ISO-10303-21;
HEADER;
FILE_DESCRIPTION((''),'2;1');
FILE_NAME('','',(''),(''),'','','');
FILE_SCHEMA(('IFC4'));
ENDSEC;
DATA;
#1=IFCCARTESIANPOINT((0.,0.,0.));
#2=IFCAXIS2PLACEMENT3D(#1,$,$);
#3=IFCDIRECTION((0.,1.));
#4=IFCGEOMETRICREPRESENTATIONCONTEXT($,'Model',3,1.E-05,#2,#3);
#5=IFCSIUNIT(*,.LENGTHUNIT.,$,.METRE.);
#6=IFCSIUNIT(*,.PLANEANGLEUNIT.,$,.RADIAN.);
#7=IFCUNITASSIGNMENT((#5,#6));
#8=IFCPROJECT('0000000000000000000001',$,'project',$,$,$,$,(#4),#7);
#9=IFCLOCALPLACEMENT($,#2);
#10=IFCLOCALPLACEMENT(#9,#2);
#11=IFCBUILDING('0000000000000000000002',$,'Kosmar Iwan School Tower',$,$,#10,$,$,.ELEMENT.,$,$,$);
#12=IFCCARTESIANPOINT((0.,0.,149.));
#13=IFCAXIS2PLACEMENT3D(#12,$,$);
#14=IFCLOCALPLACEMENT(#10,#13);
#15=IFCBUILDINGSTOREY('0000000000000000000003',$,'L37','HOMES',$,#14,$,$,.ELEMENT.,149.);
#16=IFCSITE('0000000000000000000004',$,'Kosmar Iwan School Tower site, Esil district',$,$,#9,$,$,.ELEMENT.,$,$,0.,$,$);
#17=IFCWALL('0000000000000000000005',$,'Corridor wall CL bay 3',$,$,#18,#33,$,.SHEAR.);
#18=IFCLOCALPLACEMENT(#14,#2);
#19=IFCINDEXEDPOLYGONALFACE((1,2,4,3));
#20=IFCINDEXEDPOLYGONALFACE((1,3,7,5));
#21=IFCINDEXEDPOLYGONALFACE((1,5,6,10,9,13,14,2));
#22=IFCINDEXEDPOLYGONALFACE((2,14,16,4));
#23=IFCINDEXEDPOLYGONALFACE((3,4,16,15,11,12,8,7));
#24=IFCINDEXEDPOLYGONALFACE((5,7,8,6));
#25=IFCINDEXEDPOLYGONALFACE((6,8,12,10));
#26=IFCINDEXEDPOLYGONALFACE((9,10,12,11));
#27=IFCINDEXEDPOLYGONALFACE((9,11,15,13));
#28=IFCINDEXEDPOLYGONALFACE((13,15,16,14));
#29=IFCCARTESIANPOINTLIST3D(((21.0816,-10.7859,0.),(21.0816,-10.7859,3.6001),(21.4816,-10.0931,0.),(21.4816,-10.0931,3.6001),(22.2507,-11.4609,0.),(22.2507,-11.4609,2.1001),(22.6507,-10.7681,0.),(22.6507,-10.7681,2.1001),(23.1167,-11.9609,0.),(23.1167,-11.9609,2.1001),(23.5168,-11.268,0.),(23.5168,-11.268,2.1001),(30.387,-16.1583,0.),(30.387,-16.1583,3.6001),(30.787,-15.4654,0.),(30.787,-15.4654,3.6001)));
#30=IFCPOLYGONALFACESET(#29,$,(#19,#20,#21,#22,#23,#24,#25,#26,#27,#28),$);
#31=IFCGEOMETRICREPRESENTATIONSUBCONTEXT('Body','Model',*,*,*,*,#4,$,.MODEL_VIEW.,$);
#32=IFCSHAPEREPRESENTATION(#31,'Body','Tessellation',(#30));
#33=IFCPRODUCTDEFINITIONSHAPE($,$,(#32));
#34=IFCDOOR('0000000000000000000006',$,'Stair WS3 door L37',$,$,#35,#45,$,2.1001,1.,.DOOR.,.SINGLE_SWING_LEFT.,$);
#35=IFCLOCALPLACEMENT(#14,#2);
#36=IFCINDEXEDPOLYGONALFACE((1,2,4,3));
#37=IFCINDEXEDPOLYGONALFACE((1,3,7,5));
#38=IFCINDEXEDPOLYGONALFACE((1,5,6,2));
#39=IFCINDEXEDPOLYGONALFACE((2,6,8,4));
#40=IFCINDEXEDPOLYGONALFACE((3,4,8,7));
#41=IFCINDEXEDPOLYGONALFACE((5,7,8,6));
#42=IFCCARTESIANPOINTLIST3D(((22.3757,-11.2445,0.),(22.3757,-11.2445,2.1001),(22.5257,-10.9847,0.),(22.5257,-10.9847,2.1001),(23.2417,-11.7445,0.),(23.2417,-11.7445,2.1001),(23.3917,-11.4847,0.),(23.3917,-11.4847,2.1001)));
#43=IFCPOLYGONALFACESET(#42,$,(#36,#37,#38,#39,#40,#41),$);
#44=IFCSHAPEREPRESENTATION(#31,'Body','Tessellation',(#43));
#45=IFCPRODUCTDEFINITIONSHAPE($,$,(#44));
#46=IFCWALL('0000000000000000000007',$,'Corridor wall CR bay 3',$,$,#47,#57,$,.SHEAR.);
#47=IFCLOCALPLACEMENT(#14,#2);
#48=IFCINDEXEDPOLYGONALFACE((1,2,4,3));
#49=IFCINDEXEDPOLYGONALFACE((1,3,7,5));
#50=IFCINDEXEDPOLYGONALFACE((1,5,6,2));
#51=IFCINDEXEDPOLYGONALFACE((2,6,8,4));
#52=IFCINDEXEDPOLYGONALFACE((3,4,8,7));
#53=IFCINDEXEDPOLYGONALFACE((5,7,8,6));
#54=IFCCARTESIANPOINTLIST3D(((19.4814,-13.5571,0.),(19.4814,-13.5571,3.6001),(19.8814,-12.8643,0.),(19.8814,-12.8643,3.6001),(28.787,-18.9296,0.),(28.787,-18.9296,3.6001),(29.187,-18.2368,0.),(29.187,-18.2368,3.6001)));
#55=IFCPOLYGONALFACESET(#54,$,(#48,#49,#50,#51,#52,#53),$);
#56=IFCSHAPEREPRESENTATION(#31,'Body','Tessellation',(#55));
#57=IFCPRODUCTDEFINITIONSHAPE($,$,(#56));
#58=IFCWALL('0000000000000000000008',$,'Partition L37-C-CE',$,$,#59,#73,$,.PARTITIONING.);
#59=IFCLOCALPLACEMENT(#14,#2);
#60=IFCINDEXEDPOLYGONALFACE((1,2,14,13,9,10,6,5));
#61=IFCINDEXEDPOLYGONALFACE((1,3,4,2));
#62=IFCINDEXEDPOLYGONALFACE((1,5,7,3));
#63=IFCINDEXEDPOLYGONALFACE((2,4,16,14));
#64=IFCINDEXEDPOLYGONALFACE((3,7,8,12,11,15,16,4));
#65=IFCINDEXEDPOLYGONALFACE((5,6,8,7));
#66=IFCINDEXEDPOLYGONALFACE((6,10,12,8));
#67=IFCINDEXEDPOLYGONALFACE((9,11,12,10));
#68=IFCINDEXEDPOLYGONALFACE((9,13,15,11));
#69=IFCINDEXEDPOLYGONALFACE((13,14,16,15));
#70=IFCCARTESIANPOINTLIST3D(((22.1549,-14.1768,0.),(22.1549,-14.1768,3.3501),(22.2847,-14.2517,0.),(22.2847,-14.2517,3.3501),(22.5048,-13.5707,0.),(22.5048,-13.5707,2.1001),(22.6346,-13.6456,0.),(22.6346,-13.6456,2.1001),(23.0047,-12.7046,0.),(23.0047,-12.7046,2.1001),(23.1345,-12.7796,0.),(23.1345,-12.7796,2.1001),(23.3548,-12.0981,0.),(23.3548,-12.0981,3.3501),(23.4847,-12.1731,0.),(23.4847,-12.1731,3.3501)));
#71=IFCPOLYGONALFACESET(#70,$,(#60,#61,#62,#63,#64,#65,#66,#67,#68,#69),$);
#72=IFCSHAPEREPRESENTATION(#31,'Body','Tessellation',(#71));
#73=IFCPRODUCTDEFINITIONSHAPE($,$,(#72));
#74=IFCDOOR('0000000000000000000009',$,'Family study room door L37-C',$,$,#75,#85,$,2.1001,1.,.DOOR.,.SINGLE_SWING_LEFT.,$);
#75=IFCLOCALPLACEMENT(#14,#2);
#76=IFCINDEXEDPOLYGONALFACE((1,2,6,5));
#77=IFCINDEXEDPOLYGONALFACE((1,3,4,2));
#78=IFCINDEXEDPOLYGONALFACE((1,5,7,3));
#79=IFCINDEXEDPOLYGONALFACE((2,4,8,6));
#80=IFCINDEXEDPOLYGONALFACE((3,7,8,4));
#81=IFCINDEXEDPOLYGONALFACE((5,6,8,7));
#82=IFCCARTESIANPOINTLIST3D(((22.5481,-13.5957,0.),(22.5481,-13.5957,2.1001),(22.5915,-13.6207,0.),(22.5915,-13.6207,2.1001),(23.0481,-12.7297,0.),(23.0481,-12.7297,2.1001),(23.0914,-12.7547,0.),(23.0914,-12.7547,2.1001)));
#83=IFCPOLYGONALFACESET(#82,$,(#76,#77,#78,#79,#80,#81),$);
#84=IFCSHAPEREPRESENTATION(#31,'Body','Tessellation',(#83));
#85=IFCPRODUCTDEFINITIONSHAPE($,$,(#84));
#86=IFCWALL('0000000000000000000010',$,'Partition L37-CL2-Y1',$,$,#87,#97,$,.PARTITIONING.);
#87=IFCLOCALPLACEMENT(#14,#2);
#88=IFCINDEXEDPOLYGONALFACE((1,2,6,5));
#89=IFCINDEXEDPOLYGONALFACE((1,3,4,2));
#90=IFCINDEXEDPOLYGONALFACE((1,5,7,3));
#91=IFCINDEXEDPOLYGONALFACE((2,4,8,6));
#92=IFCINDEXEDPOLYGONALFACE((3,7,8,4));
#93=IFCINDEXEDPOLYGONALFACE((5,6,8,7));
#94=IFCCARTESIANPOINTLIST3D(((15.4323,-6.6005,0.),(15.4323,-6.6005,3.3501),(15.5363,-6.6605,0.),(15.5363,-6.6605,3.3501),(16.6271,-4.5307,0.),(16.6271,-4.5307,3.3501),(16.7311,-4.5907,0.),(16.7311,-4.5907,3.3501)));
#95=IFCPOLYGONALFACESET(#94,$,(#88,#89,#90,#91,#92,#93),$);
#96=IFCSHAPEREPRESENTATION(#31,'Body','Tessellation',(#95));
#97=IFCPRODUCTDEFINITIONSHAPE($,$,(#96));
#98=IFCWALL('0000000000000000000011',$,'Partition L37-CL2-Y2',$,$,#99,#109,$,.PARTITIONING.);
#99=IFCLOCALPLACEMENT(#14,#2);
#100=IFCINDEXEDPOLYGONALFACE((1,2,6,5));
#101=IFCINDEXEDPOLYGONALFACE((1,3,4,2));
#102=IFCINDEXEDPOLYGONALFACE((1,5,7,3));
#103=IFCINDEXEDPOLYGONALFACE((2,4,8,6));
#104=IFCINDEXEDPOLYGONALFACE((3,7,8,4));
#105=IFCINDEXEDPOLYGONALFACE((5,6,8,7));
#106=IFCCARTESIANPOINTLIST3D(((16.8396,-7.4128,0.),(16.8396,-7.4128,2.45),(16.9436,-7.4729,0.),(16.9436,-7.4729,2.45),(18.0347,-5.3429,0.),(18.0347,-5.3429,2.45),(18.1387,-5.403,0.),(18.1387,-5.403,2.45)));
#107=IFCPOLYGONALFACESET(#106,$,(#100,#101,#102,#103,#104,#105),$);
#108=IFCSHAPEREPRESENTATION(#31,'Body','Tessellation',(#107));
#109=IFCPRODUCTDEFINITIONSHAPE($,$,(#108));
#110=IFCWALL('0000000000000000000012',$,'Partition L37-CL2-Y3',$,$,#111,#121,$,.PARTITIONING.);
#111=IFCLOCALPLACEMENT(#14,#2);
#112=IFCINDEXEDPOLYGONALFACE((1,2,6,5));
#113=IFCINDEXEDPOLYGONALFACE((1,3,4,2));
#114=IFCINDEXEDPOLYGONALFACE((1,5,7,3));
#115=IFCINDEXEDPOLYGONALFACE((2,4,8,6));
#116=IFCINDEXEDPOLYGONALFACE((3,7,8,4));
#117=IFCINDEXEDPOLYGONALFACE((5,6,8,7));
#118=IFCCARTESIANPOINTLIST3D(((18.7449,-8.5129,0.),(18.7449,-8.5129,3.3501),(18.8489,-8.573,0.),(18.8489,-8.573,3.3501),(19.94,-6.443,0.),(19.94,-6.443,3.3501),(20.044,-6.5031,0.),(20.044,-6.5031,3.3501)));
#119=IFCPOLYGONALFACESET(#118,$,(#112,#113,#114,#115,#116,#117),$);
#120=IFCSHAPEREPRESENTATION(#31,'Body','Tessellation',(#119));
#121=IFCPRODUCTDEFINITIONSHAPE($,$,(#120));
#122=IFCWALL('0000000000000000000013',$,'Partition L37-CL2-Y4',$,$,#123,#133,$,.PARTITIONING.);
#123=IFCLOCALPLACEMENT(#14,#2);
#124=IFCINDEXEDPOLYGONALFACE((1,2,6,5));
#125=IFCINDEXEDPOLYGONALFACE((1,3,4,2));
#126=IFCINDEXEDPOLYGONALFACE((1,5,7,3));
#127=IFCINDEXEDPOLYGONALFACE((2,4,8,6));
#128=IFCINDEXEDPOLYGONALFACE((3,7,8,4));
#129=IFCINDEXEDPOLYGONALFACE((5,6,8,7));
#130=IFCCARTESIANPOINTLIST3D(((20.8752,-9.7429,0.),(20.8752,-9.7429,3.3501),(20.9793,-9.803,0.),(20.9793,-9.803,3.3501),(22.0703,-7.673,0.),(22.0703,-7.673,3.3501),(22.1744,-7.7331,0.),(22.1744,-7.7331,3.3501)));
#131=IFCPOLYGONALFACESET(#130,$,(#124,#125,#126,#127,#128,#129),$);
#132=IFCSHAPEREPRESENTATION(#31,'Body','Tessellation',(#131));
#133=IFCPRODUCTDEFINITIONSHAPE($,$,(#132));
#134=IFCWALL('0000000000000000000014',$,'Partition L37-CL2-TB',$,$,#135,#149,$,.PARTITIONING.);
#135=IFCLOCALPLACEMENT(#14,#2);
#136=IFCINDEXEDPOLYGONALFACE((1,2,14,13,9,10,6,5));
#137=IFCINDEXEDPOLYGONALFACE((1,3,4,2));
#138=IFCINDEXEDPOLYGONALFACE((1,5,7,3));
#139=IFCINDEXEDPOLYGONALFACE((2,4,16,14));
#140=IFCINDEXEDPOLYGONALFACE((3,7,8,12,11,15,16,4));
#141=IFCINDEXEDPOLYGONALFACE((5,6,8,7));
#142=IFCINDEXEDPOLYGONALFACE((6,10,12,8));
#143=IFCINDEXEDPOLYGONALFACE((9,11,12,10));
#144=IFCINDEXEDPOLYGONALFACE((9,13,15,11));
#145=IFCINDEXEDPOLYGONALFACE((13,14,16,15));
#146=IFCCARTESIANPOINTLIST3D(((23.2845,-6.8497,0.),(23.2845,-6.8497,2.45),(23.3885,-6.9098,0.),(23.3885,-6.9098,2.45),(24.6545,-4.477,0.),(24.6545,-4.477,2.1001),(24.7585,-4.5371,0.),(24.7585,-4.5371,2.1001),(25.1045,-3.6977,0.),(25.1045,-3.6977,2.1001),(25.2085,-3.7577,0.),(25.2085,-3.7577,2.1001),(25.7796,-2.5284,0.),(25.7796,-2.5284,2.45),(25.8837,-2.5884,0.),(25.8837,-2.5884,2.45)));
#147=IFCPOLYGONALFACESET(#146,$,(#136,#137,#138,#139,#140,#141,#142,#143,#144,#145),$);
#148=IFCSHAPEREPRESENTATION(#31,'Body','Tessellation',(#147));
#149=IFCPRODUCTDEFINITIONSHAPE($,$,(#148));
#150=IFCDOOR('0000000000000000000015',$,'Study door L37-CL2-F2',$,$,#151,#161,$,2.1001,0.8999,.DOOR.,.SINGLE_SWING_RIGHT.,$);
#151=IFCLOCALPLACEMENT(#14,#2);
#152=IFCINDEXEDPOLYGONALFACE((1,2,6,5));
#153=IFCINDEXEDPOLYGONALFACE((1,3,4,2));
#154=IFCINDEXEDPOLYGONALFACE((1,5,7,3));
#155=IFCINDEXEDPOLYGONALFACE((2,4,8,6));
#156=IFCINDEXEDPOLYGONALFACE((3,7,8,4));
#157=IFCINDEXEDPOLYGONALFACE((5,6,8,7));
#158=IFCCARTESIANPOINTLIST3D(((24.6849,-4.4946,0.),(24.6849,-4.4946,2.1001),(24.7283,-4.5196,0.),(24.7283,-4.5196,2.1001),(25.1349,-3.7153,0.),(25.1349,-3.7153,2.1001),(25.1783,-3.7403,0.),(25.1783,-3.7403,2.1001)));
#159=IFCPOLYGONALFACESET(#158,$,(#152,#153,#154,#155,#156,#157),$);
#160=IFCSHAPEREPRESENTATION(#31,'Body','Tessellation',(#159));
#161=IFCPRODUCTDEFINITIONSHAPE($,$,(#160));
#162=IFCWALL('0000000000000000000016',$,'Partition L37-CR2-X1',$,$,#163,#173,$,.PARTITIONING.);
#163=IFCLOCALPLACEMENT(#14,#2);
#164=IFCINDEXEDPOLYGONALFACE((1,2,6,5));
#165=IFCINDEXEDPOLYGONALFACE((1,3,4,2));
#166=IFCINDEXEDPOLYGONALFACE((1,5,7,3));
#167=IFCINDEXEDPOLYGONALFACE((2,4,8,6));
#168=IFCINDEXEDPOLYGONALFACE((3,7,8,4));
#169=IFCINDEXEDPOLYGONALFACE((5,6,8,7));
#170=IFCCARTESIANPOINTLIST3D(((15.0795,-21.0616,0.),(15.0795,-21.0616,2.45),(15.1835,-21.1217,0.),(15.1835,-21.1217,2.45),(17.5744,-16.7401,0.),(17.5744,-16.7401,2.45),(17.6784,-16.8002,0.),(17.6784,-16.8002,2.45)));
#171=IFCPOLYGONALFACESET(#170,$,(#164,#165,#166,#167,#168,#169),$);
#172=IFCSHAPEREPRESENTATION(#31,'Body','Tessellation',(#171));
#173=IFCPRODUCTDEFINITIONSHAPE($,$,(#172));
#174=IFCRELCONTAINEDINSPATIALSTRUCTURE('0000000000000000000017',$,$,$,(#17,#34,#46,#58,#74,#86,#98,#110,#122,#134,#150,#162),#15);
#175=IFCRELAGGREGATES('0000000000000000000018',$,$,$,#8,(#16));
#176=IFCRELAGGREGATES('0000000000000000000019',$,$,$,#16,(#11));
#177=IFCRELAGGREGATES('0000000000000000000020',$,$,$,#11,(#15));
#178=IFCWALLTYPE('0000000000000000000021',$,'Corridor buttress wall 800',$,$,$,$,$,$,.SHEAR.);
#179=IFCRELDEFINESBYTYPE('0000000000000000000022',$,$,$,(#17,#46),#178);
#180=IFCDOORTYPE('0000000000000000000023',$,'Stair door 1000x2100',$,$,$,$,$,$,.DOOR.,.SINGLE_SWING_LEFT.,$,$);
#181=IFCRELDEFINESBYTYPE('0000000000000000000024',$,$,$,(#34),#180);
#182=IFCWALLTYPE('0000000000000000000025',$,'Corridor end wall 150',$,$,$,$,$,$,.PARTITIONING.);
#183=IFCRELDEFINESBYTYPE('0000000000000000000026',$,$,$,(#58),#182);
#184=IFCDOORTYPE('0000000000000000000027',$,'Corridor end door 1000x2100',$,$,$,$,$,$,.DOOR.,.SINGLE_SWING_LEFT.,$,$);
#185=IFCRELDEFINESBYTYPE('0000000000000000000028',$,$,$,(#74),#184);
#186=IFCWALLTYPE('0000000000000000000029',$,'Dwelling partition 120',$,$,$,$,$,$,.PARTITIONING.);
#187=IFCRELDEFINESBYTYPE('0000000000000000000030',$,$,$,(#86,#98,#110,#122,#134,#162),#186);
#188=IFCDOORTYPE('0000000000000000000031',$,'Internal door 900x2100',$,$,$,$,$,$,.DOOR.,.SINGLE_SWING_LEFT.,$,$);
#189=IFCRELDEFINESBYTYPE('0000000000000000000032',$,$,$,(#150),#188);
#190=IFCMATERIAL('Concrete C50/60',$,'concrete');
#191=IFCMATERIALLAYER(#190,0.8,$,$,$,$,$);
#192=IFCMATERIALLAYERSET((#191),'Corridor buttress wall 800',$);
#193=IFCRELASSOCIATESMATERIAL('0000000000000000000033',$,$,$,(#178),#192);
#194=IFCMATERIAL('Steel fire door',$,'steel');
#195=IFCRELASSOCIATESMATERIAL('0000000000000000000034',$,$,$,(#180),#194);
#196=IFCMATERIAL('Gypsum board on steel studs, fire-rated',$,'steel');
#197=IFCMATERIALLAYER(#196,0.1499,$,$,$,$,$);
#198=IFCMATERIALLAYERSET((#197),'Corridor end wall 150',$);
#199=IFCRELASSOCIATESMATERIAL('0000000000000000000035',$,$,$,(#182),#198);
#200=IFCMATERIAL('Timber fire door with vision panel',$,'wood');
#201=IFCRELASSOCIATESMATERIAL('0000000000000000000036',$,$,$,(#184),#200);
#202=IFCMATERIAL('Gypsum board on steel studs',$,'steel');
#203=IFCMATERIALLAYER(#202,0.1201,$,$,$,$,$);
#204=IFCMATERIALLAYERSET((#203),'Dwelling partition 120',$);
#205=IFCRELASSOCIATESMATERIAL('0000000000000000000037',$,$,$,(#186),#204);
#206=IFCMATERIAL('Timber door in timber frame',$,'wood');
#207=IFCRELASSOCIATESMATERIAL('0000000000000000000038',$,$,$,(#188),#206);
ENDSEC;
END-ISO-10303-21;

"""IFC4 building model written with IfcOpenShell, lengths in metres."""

from ifc_helpers import new_model, si_unit, direction, frame, frame_2d, origin, place, context, subcontext, project, spatial, rectangle, extrude, material, layer, layer_set, type_object, element, fill, save


model = new_model("IFC4")

# Units and contexts
model_context = context("Model", 3, precision=1e-05, world=origin(), true_north=direction((0.0, 1.0)))
body_context = subcontext(model_context, "Body", "Model", "MODEL_VIEW")
ifc_project = project(units=[si_unit("LENGTHUNIT", "METRE"), si_unit("PLANEANGLEUNIT", "RADIAN")], contexts=[model_context])

# Site, building, storey
site_placement = place(None, origin())
site = spatial("IfcSite", under=ifc_project, at=site_placement, Name="Kosmar Iwan School Tower site, Esil district", CompositionType="ELEMENT", RefElevation=0.0)
building_placement = place(site_placement, origin())
building = spatial("IfcBuilding", under=site, at=building_placement, Name="Kosmar Iwan School Tower", CompositionType="ELEMENT")
storey_placement = place(building_placement, frame((0.0, 0.0, 149.0)))
storey = spatial("IfcBuildingStorey", under=building, at=storey_placement, Name="L37", Description="HOMES", CompositionType="ELEMENT", Elevation=149.0)

# Wall, opening, door
ifc_material_1 = material(Name="Concrete C50/60", Category="concrete")
ifc_layer_1 = layer(ifc_material_1, 0.8)
ifc_layer_set_1 = layer_set([ifc_layer_1], Name="Corridor buttress wall 800")
wall_type_1 = type_object("IfcWallType", Name="Corridor buttress wall 800", PredefinedType="SHEAR", material=ifc_layer_set_1)
wall_1_placement = place(storey_placement, frame((21.2815, -10.4395, 0.0), z_axis=(0.0, 0.0, 1.0), x_axis=(0.866032, -0.499988, 0.0)))
wall_1 = element("IfcWall", 1, at=wall_1_placement, inside=storey, type_object=wall_type_1, Name="Corridor wall CL bay 3", PredefinedType="SHEAR", context=body_context, shape_type="SweptSolid", body=[
    extrude(rectangle(XDim=10.7449, YDim=0.8, at=frame_2d((5.3726, 0.0))), origin(), (0.0, 0.0, 1.0), 3.6001),
])
opening_1_placement = place(wall_1_placement, frame((1.3501, 0.0, 0.0)))
opening_1 = element("IfcOpeningElement", 2, at=opening_1_placement, cuts=wall_1, PredefinedType="OPENING", context=body_context, shape_type="SweptSolid", body=[
    extrude(rectangle(XDim=1.0, YDim=2.1001, at=frame_2d((0.5, 1.05))), frame((0.0, 0.4121, 0.0), z_axis=(0.0, -1.0, 0.0), x_axis=(1.0, 0.0, 0.0)), (0.0, 0.0, 1.0), 0.824),
])
ifc_material_2 = material(Name="Steel fire door", Category="steel")
door_type_1 = type_object("IfcDoorType", Name="Stair door 1000x2100", OperationType="SINGLE_SWING_LEFT", PredefinedType="DOOR", material=ifc_material_2)
door_1_placement = place(opening_1_placement, origin())
door_1 = element("IfcDoor", 3, at=door_1_placement, inside=storey, type_object=door_type_1, Name="Stair WS3 door L37", OperationType="SINGLE_SWING_LEFT", OverallHeight=2.1001, OverallWidth=1.0, PredefinedType="DOOR", context=body_context, shape_type="SweptSolid", body=[
    extrude(rectangle(XDim=1.0, YDim=2.1001, at=frame_2d((0.5, 1.05))), frame((0.0, 0.1499, 0.0), z_axis=(0.0, -1.0, 0.0), x_axis=(1.0, 0.0, 0.0)), (0.0, 0.0, 1.0), 0.3),
])
fill(opening_1, door_1)

# Wall
wall_2_placement = place(storey_placement, frame((19.6814, -13.2107, 0.0), z_axis=(0.0, 0.0, 1.0), x_axis=(0.866028, -0.499995, 0.0)))
element("IfcWall", 4, at=wall_2_placement, inside=storey, type_object=wall_type_1, Name="Corridor wall CR bay 3", PredefinedType="SHEAR", context=body_context, shape_type="SweptSolid", body=[
    extrude(rectangle(XDim=10.7451, YDim=0.8, at=frame_2d((5.3726, 0.0))), origin(), (0.0, 0.0, 1.0), 3.6001),
])

# Wall, opening, door
ifc_material_3 = material(Name="Gypsum board on steel studs, fire-rated", Category="steel")
ifc_layer_2 = layer(ifc_material_3, 0.1499)
ifc_layer_set_2 = layer_set([ifc_layer_2], Name="Corridor end wall 150")
wall_type_2 = type_object("IfcWallType", Name="Corridor end wall 150", PredefinedType="PARTITIONING", material=ifc_layer_set_2)
wall_3_placement = place(storey_placement, frame((22.2197, -14.2144, 0.0), z_axis=(0.0, 0.0, 1.0), x_axis=(0.499957, 0.86605, 0.0)))
wall_3 = element("IfcWall", 5, at=wall_3_placement, inside=storey, type_object=wall_type_2, Name="Partition L37-C-CE", PredefinedType="PARTITIONING", context=body_context, shape_type="SweptSolid", body=[
    extrude(rectangle(XDim=2.4001, YDim=0.1499, at=frame_2d((1.2002, 0.0))), origin(), (0.0, 0.0, 1.0), 3.3501),
])
opening_2_placement = place(wall_3_placement, frame((0.7, 0.0, 0.0)))
opening_2 = element("IfcOpeningElement", 6, at=opening_2_placement, cuts=wall_3, PredefinedType="OPENING", context=body_context, shape_type="SweptSolid", body=[
    extrude(rectangle(XDim=1.0, YDim=2.1001, at=frame_2d((0.5, 1.05))), frame((0.0, 0.0869, 0.0), z_axis=(0.0, -1.0, 0.0), x_axis=(1.0, 0.0, 0.0)), (0.0, 0.0, 1.0), 0.1738),
])
ifc_material_4 = material(Name="Timber fire door with vision panel", Category="wood")
door_type_2 = type_object("IfcDoorType", Name="Corridor end door 1000x2100", OperationType="SINGLE_SWING_LEFT", PredefinedType="DOOR", material=ifc_material_4)
door_2_placement = place(opening_2_placement, origin())
door_2 = element("IfcDoor", 7, at=door_2_placement, inside=storey, type_object=door_type_2, Name="Family study room door L37-C", OperationType="SINGLE_SWING_LEFT", OverallHeight=2.1001, OverallWidth=1.0, PredefinedType="DOOR", context=body_context, shape_type="SweptSolid", body=[
    extrude(rectangle(XDim=1.0, YDim=2.1001, at=frame_2d((0.5, 1.05))), frame((0.0, 0.0249, 0.0), z_axis=(0.0, -1.0, 0.0), x_axis=(1.0, 0.0, 0.0)), (0.0, 0.0, 1.0), 0.05),
])
fill(opening_2, door_2)

# Walls
ifc_material_5 = material(Name="Gypsum board on steel studs", Category="steel")
ifc_layer_3 = layer(ifc_material_5, 0.1201)
ifc_layer_set_3 = layer_set([ifc_layer_3], Name="Dwelling partition 120")
wall_type_3 = type_object("IfcWallType", Name="Dwelling partition 120", PredefinedType="PARTITIONING", material=ifc_layer_set_3)
wall_4_placement = place(storey_placement, frame((15.4844, -6.6304, 0.0), z_axis=(0.0, 0.0, 1.0), x_axis=(0.499941, 0.86606, 0.0)))
element("IfcWall", 8, at=wall_4_placement, inside=storey, type_object=wall_type_3, Name="Partition L37-CL2-Y1", PredefinedType="PARTITIONING", context=body_context, shape_type="SweptSolid", body=[
    extrude(rectangle(XDim=2.3899, YDim=0.1201, at=frame_2d((1.1948, 0.0))), origin(), (0.0, 0.0, 1.0), 3.3501),
])
wall_5_placement = place(storey_placement, frame((16.8916, -7.4429, 0.0), z_axis=(0.0, 0.0, 1.0), x_axis=(0.500017, 0.866015, 0.0)))
element("IfcWall", 9, at=wall_5_placement, inside=storey, type_object=wall_type_3, Name="Partition L37-CL2-Y2", PredefinedType="PARTITIONING", context=body_context, shape_type="SweptSolid", body=[
    extrude(rectangle(XDim=2.3901, YDim=0.1201, at=frame_2d((1.1951, 0.0))), origin(), (0.0, 0.0, 1.0), 2.45),
])
for number, where, z_axis, x_axis, name in (
    (10, (18.7969, -8.543, 0.0), (0.0, 0.0, 1.0), (0.500017, 0.866015, 0.0), "Partition L37-CL2-Y3"),
    (11, (20.9272, -9.7729, 0.0), (0.0, 0.0, 1.0), (0.500017, 0.866015, 0.0), "Partition L37-CL2-Y4"),
):
    element("IfcWall", number, at=place(storey_placement, frame(where, z_axis=z_axis, x_axis=x_axis)), inside=storey, type_object=wall_type_3, Name=name, PredefinedType="PARTITIONING", context=body_context, shape_type="SweptSolid", body=[
        extrude(rectangle(XDim=2.3901, YDim=0.1201, at=frame_2d((1.1951, 0.0))), origin(), (0.0, 0.0, 1.0), 3.3501),
    ])

# Wall, opening, door
wall_6_placement = place(storey_placement, frame((23.3364, -6.8799, 0.0), z_axis=(0.0, 0.0, 1.0), x_axis=(0.500033, 0.866006, 0.0)))
wall_6 = element("IfcWall", 12, at=wall_6_placement, inside=storey, type_object=wall_type_3, Name="Partition L37-CL2-TB", PredefinedType="PARTITIONING", context=body_context, shape_type="SweptSolid", body=[
    extrude(rectangle(XDim=4.99, YDim=0.1201, at=frame_2d((2.4951, 0.0))), origin(), (0.0, 0.0, 1.0), 2.45),
])
opening_3_placement = place(wall_6_placement, frame((2.74, 0.0, 0.0)))
opening_3 = element("IfcOpeningElement", 13, at=opening_3_placement, cuts=wall_6, PredefinedType="OPENING", context=body_context, shape_type="SweptSolid", body=[
    extrude(rectangle(XDim=0.8999, YDim=2.1001, at=frame_2d((0.45, 1.05))), frame((0.0, 0.072, 0.0), z_axis=(0.0, -1.0, 0.0), x_axis=(1.0, 0.0, 0.0)), (0.0, 0.0, 1.0), 0.144),
])
ifc_material_6 = material(Name="Timber door in timber frame", Category="wood")
door_type_3 = type_object("IfcDoorType", Name="Internal door 900x2100", OperationType="SINGLE_SWING_LEFT", PredefinedType="DOOR", material=ifc_material_6)
door_3_placement = place(opening_3_placement, origin())
door_3 = element("IfcDoor", 14, at=door_3_placement, inside=storey, type_object=door_type_3, Name="Study door L37-CL2-F2", OperationType="SINGLE_SWING_RIGHT", OverallHeight=2.1001, OverallWidth=0.8999, PredefinedType="DOOR", context=body_context, shape_type="SweptSolid", body=[
    extrude(rectangle(XDim=0.8999, YDim=2.1001, at=frame_2d((0.45, 1.05))), frame((0.0, 0.0249, 0.0), z_axis=(0.0, -1.0, 0.0), x_axis=(1.0, 0.0, 0.0)), (0.0, 0.0, 1.0), 0.05),
])
fill(opening_3, door_3)

# Wall
wall_7_placement = place(storey_placement, frame((17.6265, -16.77, 0.0), z_axis=(0.0, 0.0, 1.0), x_axis=(-0.499975, -0.86604, 0.0)))
element("IfcWall", 15, at=wall_7_placement, inside=storey, type_object=wall_type_3, Name="Partition L37-CR2-X1", PredefinedType="PARTITIONING", context=body_context, shape_type="SweptSolid", body=[
    extrude(rectangle(XDim=4.99, YDim=0.1201, at=frame_2d((2.4951, 0.0))), origin(), (0.0, 0.0, 1.0), 2.45),
])

save(model, "model.ifc")
